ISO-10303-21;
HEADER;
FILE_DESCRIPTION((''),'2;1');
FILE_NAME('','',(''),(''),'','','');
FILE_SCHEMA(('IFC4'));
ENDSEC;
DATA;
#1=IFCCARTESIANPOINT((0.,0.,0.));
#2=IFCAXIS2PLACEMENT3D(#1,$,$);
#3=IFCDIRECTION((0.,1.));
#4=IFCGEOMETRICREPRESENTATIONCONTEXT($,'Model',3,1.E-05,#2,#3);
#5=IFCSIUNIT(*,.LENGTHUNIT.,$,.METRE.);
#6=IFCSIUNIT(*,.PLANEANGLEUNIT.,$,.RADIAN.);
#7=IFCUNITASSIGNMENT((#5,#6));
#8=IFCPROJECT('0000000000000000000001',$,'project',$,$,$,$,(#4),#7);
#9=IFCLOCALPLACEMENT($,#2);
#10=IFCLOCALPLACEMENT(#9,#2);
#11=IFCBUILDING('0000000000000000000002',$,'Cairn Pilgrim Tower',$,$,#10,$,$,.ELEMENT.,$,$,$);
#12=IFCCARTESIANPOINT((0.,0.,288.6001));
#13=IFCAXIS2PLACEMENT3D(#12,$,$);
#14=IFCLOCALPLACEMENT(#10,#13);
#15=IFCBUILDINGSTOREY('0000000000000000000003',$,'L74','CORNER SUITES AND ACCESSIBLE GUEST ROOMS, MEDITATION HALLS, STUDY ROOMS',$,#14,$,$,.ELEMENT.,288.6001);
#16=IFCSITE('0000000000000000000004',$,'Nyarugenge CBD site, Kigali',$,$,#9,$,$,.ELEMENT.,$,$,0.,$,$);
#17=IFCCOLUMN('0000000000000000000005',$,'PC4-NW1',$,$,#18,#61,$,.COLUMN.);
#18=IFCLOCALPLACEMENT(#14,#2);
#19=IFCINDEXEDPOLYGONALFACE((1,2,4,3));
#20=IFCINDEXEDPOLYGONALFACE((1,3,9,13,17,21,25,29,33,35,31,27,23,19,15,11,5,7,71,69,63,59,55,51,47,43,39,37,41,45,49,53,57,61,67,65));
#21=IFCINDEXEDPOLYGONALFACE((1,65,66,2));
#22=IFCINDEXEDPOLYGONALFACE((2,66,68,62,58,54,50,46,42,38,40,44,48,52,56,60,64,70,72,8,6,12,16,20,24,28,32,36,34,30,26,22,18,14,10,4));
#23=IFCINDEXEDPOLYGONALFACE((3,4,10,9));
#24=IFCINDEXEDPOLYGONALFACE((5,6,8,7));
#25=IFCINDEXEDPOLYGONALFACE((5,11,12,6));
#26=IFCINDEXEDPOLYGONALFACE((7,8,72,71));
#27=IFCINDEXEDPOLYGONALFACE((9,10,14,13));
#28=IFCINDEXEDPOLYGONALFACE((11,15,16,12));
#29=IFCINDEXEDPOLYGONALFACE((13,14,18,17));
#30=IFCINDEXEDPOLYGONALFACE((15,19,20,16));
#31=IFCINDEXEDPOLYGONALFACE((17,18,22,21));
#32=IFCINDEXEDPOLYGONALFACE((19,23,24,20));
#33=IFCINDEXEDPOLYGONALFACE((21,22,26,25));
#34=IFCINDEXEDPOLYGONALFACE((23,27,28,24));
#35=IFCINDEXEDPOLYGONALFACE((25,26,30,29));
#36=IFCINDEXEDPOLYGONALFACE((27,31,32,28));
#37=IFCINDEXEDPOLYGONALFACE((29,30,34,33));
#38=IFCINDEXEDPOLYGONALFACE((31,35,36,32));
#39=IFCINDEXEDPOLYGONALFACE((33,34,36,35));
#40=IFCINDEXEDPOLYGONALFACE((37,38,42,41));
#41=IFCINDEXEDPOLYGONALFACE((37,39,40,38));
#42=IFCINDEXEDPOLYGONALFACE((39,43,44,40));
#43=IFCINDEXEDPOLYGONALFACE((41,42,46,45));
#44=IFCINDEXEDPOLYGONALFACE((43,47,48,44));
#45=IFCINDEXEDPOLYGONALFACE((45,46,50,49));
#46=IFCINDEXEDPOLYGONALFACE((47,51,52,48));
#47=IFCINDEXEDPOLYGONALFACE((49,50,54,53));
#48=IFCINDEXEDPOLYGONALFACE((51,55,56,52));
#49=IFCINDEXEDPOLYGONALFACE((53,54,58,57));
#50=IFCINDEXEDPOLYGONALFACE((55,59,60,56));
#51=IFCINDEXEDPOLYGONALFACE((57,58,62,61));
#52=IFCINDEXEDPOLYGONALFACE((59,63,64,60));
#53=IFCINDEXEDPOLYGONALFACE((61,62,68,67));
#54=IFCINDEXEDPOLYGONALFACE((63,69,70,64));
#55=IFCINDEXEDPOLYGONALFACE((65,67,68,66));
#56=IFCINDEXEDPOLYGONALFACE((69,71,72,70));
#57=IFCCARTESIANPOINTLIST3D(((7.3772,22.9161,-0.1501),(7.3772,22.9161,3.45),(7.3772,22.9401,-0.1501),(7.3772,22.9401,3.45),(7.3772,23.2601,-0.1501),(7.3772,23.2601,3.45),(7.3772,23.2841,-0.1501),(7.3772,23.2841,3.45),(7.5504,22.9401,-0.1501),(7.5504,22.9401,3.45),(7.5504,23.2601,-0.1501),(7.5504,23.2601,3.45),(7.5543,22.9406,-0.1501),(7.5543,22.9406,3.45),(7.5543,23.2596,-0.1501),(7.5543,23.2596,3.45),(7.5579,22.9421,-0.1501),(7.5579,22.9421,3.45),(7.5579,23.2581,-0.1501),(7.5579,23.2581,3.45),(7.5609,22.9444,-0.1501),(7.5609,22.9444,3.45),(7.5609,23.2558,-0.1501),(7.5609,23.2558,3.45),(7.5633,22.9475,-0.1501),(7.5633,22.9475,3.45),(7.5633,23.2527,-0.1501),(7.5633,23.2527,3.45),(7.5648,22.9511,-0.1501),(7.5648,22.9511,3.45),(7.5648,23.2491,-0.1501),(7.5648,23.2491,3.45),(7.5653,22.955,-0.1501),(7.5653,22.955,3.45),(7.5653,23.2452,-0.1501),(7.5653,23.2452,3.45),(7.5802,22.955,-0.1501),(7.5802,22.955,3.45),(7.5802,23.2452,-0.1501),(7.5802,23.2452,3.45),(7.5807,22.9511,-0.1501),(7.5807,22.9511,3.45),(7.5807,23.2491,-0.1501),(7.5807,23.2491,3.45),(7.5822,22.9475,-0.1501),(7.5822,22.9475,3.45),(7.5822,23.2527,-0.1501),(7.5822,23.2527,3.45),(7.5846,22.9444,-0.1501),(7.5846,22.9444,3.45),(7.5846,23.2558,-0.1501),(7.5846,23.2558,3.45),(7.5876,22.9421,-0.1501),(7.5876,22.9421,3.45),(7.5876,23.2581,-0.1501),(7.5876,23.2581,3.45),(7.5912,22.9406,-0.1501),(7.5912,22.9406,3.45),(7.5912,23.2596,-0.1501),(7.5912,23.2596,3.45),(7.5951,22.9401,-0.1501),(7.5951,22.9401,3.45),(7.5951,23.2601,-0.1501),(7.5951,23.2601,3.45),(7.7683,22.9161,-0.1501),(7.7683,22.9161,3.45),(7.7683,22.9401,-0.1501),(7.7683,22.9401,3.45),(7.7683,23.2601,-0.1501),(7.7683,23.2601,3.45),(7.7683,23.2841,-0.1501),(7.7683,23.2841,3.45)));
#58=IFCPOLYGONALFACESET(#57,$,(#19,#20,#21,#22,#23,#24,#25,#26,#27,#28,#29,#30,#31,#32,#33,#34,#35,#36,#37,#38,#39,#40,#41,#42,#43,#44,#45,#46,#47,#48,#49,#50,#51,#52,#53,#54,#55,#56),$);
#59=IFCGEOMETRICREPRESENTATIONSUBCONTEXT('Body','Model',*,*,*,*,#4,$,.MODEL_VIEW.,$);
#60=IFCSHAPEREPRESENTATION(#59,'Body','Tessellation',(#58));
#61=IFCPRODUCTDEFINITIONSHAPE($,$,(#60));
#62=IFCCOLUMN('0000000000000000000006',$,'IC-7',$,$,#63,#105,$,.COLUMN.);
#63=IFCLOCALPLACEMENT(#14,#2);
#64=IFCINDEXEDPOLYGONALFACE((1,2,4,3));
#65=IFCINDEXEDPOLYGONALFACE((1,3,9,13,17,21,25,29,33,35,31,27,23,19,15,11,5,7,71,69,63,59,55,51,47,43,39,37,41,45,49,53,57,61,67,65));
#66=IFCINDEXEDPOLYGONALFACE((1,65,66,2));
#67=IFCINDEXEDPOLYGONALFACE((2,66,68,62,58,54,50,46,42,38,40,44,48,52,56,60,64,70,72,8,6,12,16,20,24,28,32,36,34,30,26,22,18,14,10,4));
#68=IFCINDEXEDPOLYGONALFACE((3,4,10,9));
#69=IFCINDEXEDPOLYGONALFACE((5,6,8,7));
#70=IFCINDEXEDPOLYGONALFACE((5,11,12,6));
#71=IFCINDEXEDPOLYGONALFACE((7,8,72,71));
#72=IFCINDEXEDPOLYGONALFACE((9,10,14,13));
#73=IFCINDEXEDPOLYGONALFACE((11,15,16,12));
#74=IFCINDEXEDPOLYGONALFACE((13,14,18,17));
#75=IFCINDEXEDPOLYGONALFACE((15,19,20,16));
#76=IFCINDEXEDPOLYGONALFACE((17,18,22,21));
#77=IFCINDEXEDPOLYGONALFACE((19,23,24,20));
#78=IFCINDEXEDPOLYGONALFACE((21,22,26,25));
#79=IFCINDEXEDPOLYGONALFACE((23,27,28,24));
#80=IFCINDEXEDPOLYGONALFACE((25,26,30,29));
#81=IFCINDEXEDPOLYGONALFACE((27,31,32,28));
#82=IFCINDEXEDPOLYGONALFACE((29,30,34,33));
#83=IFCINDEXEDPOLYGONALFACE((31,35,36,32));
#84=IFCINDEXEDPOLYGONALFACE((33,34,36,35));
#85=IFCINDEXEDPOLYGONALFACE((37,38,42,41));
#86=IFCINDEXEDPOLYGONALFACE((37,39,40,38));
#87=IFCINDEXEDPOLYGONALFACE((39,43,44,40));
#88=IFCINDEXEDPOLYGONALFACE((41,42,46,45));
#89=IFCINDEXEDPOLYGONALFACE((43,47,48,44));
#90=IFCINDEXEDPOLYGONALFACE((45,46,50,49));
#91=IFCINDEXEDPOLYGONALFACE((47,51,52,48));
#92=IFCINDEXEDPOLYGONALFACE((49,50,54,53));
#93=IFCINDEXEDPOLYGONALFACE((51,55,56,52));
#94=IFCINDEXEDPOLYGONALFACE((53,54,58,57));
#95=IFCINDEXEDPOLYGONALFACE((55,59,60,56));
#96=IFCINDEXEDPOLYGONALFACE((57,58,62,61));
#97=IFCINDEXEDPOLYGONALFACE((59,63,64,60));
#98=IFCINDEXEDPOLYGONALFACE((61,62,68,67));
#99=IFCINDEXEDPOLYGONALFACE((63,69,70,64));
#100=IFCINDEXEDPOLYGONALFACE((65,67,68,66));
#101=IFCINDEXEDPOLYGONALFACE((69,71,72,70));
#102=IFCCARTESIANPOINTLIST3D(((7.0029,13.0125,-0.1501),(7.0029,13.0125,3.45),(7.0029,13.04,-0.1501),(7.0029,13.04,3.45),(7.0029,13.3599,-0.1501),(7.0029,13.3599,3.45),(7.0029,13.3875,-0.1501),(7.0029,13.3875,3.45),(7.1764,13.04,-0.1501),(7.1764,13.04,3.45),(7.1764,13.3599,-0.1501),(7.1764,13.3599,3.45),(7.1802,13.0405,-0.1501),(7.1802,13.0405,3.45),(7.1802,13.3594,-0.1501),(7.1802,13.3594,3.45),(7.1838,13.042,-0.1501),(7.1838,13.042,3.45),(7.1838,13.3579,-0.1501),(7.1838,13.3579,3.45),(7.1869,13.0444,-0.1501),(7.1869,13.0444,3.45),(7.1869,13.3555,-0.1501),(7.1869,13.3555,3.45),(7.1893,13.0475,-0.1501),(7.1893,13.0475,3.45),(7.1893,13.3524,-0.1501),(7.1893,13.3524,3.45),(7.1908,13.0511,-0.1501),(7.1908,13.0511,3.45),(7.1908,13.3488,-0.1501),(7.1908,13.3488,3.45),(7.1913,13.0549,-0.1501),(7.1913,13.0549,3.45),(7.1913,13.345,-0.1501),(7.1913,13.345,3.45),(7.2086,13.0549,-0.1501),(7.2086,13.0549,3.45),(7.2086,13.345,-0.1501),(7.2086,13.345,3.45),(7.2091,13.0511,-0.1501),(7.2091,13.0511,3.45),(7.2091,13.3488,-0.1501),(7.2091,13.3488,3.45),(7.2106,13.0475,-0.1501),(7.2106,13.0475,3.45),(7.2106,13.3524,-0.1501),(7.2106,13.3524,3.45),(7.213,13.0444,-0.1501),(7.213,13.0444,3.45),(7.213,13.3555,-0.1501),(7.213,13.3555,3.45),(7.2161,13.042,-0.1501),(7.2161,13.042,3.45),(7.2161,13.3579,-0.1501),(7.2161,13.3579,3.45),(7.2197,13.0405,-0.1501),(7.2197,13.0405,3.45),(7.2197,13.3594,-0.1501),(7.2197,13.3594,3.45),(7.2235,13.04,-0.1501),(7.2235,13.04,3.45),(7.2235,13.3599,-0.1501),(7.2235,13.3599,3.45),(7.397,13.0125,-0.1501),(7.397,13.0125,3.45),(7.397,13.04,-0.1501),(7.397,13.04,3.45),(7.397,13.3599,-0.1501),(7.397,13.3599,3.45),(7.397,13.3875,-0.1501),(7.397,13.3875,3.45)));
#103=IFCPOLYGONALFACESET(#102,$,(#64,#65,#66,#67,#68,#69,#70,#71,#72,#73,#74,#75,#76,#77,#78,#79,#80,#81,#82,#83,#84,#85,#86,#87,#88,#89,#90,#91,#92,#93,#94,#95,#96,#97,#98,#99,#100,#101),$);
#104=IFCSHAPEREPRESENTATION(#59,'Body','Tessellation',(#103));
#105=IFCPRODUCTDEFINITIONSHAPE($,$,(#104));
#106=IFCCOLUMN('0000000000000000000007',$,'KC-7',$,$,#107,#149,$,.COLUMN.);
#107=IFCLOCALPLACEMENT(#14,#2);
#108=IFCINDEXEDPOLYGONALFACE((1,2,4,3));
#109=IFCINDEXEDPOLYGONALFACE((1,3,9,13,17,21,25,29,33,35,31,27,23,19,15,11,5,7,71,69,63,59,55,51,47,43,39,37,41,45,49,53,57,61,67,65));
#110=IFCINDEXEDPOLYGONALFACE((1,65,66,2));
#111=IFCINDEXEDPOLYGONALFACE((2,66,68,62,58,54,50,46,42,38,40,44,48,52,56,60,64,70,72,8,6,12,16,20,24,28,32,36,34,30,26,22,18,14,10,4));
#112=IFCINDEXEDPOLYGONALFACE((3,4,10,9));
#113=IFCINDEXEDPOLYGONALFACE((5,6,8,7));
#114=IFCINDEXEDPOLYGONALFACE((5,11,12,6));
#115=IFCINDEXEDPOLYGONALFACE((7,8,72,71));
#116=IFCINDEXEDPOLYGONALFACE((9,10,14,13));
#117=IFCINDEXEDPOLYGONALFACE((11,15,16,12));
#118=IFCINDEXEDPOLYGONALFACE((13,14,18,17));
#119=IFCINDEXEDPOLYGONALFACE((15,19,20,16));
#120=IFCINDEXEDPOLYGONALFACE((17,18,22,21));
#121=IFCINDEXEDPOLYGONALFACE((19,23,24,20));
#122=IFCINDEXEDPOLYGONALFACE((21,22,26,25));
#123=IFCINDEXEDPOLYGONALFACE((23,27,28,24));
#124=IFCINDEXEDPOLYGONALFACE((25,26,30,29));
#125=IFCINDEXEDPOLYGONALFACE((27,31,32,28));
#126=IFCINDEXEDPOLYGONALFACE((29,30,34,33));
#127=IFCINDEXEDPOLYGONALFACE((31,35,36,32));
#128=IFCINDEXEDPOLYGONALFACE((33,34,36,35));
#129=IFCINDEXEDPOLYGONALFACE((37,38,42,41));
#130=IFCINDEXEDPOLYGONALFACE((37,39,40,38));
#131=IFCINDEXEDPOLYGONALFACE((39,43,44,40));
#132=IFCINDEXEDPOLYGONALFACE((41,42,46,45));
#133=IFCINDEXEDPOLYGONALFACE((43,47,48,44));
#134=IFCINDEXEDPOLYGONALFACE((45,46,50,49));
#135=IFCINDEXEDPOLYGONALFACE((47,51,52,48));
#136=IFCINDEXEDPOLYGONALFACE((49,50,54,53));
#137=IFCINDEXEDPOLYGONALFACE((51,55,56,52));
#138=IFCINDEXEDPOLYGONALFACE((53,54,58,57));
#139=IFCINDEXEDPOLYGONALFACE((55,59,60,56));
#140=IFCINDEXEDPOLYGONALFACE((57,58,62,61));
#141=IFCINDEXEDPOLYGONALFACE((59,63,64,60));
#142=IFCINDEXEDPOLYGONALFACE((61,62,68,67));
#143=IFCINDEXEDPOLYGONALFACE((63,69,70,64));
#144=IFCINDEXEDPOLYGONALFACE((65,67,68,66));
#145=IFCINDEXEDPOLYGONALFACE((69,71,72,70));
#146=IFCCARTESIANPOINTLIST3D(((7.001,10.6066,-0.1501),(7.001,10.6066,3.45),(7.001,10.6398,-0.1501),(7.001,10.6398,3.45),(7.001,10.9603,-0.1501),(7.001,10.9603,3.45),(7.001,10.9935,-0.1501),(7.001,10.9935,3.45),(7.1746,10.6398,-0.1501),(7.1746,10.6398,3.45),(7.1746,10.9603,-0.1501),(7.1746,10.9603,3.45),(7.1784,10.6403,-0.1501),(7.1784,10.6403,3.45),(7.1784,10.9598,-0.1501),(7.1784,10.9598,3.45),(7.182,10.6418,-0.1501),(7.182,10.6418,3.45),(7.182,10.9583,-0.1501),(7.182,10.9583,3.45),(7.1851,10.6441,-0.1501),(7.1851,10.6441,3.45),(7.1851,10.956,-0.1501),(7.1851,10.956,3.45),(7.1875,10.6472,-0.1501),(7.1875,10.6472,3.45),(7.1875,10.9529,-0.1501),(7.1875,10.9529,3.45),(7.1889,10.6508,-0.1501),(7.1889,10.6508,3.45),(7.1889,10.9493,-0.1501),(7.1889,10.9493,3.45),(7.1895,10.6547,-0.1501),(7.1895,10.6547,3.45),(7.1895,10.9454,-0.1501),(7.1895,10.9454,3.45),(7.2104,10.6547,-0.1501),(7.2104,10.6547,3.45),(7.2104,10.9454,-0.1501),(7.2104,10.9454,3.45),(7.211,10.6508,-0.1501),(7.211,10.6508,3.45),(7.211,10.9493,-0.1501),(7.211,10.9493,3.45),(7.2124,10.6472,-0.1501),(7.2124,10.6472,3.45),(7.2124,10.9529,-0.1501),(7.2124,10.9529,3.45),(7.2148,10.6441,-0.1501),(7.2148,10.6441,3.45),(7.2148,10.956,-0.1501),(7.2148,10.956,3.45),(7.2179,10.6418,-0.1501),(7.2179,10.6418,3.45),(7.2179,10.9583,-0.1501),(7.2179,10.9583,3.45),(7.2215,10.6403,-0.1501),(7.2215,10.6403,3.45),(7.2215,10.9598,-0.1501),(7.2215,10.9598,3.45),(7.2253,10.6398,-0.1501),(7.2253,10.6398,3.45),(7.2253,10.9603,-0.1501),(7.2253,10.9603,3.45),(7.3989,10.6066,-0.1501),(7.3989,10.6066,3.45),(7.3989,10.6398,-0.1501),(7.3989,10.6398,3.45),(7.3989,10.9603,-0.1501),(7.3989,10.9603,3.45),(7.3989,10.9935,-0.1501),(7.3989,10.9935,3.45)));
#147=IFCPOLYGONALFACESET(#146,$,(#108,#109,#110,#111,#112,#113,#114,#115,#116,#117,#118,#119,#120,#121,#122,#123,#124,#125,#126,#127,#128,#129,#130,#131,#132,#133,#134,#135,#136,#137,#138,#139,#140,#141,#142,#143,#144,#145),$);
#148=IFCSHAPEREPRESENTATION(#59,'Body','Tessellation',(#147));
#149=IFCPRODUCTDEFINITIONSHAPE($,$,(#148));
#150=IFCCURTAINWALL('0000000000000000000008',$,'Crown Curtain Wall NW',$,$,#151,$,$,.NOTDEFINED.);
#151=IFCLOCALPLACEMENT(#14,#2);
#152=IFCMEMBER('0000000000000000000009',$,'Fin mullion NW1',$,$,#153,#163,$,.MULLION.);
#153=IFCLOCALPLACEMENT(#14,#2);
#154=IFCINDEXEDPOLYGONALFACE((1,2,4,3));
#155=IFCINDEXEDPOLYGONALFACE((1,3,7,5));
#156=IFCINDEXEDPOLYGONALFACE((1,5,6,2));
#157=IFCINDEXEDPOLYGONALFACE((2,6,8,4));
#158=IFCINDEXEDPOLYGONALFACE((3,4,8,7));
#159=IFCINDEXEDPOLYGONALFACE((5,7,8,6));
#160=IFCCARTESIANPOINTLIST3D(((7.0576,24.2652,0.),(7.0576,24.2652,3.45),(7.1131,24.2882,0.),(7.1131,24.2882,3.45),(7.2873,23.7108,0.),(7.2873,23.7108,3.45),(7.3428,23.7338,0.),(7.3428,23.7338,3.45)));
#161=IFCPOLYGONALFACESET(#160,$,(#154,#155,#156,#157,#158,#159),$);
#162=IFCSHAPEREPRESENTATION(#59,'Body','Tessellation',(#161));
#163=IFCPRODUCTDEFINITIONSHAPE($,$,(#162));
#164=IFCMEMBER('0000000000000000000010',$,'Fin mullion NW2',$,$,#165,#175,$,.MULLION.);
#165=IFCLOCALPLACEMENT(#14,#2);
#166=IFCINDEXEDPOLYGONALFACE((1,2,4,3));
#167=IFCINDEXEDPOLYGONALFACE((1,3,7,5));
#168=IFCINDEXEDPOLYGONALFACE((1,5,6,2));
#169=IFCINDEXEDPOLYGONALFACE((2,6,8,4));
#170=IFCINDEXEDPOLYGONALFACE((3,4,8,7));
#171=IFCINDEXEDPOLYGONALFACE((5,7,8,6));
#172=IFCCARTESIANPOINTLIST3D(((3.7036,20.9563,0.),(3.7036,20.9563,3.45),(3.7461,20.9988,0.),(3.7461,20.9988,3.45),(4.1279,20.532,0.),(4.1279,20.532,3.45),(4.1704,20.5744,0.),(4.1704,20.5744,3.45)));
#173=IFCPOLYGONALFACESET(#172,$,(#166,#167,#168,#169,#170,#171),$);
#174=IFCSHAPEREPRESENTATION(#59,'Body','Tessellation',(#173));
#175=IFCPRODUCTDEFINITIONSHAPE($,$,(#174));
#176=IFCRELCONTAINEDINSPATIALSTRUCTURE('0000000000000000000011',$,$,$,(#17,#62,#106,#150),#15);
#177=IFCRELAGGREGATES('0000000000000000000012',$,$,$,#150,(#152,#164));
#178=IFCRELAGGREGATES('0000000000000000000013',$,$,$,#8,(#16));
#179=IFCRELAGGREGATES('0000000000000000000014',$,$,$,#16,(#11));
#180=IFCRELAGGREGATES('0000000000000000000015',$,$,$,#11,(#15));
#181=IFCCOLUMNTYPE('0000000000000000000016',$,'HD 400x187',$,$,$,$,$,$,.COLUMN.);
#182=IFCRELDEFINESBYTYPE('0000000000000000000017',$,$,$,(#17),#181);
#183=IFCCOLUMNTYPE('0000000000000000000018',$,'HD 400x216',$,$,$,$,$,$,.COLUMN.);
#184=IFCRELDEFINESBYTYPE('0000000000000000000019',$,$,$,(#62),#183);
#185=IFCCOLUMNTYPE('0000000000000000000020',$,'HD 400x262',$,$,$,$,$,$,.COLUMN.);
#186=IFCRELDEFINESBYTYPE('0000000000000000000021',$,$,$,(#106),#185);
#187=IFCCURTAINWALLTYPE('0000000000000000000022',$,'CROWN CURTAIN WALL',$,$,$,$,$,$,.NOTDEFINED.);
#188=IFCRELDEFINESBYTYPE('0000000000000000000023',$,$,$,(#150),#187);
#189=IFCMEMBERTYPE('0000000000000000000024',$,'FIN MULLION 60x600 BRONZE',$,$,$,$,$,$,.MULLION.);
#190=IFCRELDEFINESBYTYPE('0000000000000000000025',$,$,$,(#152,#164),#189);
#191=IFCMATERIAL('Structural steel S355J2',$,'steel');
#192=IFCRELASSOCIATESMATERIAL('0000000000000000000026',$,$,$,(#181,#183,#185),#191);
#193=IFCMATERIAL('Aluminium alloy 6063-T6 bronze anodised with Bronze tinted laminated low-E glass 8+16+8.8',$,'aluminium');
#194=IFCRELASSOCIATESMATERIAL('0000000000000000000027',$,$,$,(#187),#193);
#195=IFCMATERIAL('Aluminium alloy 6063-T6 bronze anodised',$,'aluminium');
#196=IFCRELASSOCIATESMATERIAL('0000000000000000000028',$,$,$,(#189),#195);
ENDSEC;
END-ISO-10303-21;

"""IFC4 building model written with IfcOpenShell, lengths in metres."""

from ifc_helpers import new_model, si_unit, direction, frame, origin, origin_2d, place, context, subcontext, project, spatial, rectangle, i_section, extrude, material, material_profile, profile_set, type_object, element, aggregate, save


model = new_model("IFC4")

# Units and contexts
model_context = context("Model", 3, precision=1e-05, world=origin(), true_north=direction((0.0, 1.0)))
body_context = subcontext(model_context, "Body", "Model", "MODEL_VIEW")
ifc_project = project(units=[si_unit("LENGTHUNIT", "METRE"), si_unit("PLANEANGLEUNIT", "RADIAN")], contexts=[model_context])

# Site, building, storey
site_placement = place(None, origin())
site = spatial("IfcSite", under=ifc_project, at=site_placement, Name="Nyarugenge CBD site, Kigali", CompositionType="ELEMENT", RefElevation=0.0)
building_placement = place(site_placement, origin())
building = spatial("IfcBuilding", under=site, at=building_placement, Name="Cairn Pilgrim Tower", CompositionType="ELEMENT")
storey_placement = place(building_placement, frame((0.0, 0.0, 288.6001)))
storey = spatial("IfcBuildingStorey", under=building, at=storey_placement, Name="L74", Description="CORNER SUITES AND ACCESSIBLE GUEST ROOMS, MEDITATION HALLS, STUDY ROOMS", CompositionType="ELEMENT", Elevation=288.6001)

# Columns
ifc_material_1 = material(Name="Structural steel S355J2", Category="steel")
ifc_material_profile_1 = material_profile(ifc_material_1, i_section(OverallWidth=0.3911, OverallDepth=0.3679, WebThickness=0.0149, FlangeThickness=0.0239, FilletRadius=0.0149, at=origin_2d()), Name="HD 400x187")
ifc_profile_set_1 = profile_set([ifc_material_profile_1], Name="Structural steel S355J2")
column_type_1 = type_object("IfcColumnType", Name="HD 400x187", PredefinedType="COLUMN", material=ifc_profile_set_1)
column_1_placement = place(storey_placement, frame((7.5728, 23.1001, -0.1501), z_axis=(0.0, 0.0, 1.0), x_axis=(1.0, 0.0, 0.0)))
element("IfcColumn", 1, at=column_1_placement, inside=storey, type_object=column_type_1, Name="PC4-NW1", PredefinedType="COLUMN", context=body_context, shape_type="SweptSolid", body=[
    extrude(i_section(OverallWidth=0.3911, OverallDepth=0.3679, WebThickness=0.0149, FlangeThickness=0.0239, FilletRadius=0.0149, at=origin_2d()), origin(), (0.0, 0.0, 1.0), 3.6001),
])
ifc_material_profile_2 = material_profile(ifc_material_1, i_section(OverallWidth=0.394, OverallDepth=0.375, WebThickness=0.0173, FlangeThickness=0.0276, FilletRadius=0.0149, at=origin_2d()), Name="HD 400x216")
ifc_profile_set_2 = profile_set([ifc_material_profile_2], Name="Structural steel S355J2")
column_type_2 = type_object("IfcColumnType", Name="HD 400x216", PredefinedType="COLUMN", material=ifc_profile_set_2)
column_2_placement = place(storey_placement, frame((7.2, 13.2, -0.1501), z_axis=(0.0, 0.0, 1.0), x_axis=(1.0, 0.0, 0.0)))
element("IfcColumn", 2, at=column_2_placement, inside=storey, type_object=column_type_2, Name="IC-7", PredefinedType="COLUMN", context=body_context, shape_type="SweptSolid", body=[
    extrude(i_section(OverallWidth=0.394, OverallDepth=0.375, WebThickness=0.0173, FlangeThickness=0.0276, FilletRadius=0.0149, at=origin_2d()), origin(), (0.0, 0.0, 1.0), 3.6001),
])
ifc_material_profile_3 = material_profile(ifc_material_1, i_section(OverallWidth=0.3979, OverallDepth=0.387, WebThickness=0.021, FlangeThickness=0.0332, FilletRadius=0.0149, at=origin_2d()), Name="HD 400x262")
ifc_profile_set_3 = profile_set([ifc_material_profile_3], Name="Structural steel S355J2")
column_type_3 = type_object("IfcColumnType", Name="HD 400x262", PredefinedType="COLUMN", material=ifc_profile_set_3)
column_3_placement = place(storey_placement, frame((7.2, 10.8, -0.1501), z_axis=(0.0, 0.0, 1.0), x_axis=(1.0, 0.0, 0.0)))
element("IfcColumn", 3, at=column_3_placement, inside=storey, type_object=column_type_3, Name="KC-7", PredefinedType="COLUMN", context=body_context, shape_type="SweptSolid", body=[
    extrude(i_section(OverallWidth=0.3979, OverallDepth=0.387, WebThickness=0.021, FlangeThickness=0.0332, FilletRadius=0.0149, at=origin_2d()), origin(), (0.0, 0.0, 1.0), 3.6001),
])

# Curtain wall, members
ifc_material_2 = material(Name="Aluminium alloy 6063-T6 bronze anodised with Bronze tinted laminated low-E glass 8+16+8.8", Category="aluminium")
curtain_wall_type = type_object("IfcCurtainWallType", Name="CROWN CURTAIN WALL", PredefinedType="NOTDEFINED", material=ifc_material_2)
curtain_wall_placement = place(storey_placement, origin())
curtain_wall = element("IfcCurtainWall", 4, at=curtain_wall_placement, inside=storey, type_object=curtain_wall_type, Name="Crown Curtain Wall NW", PredefinedType="NOTDEFINED")
ifc_material_3 = material(Name="Aluminium alloy 6063-T6 bronze anodised", Category="aluminium")
ifc_material_profile_4 = material_profile(ifc_material_3, rectangle(XDim=0.6001, YDim=0.0601, at=origin_2d()), Name="FIN MULLION 60x600 BRONZE")
ifc_profile_set_4 = profile_set([ifc_material_profile_4], Name="Aluminium alloy 6063-T6 bronze anodised")
member_type_1 = type_object("IfcMemberType", Name="FIN MULLION 60x600 BRONZE", PredefinedType="MULLION", material=ifc_profile_set_4)
member_1_placement = place(storey_placement, frame((7.2002, 23.9995, 0.0), z_axis=(0.0, 0.0, 1.0), x_axis=(-0.382683, 0.92388, 0.0)))
member_1 = element("IfcMember", 5, at=member_1_placement, type_object=member_type_1, Name="Fin mullion NW1", PredefinedType="MULLION", context=body_context, shape_type="SweptSolid", body=[
    extrude(rectangle(XDim=0.6001, YDim=0.0601, at=origin_2d()), origin(), (0.0, 0.0, 1.0), 3.45),
])
member_2_placement = place(storey_placement, frame((3.937, 20.7654, 0.0), z_axis=(0.0, 0.0, 1.0), x_axis=(-0.707107, 0.707107, 0.0)))
member_2 = element("IfcMember", 6, at=member_2_placement, type_object=member_type_1, Name="Fin mullion NW2", PredefinedType="MULLION", context=body_context, shape_type="SweptSolid", body=[
    extrude(rectangle(XDim=0.6001, YDim=0.0601, at=origin_2d()), origin(), (0.0, 0.0, 1.0), 3.45),
])

aggregate(curtain_wall, [member_1, member_2])

save(model, "model.ifc")
